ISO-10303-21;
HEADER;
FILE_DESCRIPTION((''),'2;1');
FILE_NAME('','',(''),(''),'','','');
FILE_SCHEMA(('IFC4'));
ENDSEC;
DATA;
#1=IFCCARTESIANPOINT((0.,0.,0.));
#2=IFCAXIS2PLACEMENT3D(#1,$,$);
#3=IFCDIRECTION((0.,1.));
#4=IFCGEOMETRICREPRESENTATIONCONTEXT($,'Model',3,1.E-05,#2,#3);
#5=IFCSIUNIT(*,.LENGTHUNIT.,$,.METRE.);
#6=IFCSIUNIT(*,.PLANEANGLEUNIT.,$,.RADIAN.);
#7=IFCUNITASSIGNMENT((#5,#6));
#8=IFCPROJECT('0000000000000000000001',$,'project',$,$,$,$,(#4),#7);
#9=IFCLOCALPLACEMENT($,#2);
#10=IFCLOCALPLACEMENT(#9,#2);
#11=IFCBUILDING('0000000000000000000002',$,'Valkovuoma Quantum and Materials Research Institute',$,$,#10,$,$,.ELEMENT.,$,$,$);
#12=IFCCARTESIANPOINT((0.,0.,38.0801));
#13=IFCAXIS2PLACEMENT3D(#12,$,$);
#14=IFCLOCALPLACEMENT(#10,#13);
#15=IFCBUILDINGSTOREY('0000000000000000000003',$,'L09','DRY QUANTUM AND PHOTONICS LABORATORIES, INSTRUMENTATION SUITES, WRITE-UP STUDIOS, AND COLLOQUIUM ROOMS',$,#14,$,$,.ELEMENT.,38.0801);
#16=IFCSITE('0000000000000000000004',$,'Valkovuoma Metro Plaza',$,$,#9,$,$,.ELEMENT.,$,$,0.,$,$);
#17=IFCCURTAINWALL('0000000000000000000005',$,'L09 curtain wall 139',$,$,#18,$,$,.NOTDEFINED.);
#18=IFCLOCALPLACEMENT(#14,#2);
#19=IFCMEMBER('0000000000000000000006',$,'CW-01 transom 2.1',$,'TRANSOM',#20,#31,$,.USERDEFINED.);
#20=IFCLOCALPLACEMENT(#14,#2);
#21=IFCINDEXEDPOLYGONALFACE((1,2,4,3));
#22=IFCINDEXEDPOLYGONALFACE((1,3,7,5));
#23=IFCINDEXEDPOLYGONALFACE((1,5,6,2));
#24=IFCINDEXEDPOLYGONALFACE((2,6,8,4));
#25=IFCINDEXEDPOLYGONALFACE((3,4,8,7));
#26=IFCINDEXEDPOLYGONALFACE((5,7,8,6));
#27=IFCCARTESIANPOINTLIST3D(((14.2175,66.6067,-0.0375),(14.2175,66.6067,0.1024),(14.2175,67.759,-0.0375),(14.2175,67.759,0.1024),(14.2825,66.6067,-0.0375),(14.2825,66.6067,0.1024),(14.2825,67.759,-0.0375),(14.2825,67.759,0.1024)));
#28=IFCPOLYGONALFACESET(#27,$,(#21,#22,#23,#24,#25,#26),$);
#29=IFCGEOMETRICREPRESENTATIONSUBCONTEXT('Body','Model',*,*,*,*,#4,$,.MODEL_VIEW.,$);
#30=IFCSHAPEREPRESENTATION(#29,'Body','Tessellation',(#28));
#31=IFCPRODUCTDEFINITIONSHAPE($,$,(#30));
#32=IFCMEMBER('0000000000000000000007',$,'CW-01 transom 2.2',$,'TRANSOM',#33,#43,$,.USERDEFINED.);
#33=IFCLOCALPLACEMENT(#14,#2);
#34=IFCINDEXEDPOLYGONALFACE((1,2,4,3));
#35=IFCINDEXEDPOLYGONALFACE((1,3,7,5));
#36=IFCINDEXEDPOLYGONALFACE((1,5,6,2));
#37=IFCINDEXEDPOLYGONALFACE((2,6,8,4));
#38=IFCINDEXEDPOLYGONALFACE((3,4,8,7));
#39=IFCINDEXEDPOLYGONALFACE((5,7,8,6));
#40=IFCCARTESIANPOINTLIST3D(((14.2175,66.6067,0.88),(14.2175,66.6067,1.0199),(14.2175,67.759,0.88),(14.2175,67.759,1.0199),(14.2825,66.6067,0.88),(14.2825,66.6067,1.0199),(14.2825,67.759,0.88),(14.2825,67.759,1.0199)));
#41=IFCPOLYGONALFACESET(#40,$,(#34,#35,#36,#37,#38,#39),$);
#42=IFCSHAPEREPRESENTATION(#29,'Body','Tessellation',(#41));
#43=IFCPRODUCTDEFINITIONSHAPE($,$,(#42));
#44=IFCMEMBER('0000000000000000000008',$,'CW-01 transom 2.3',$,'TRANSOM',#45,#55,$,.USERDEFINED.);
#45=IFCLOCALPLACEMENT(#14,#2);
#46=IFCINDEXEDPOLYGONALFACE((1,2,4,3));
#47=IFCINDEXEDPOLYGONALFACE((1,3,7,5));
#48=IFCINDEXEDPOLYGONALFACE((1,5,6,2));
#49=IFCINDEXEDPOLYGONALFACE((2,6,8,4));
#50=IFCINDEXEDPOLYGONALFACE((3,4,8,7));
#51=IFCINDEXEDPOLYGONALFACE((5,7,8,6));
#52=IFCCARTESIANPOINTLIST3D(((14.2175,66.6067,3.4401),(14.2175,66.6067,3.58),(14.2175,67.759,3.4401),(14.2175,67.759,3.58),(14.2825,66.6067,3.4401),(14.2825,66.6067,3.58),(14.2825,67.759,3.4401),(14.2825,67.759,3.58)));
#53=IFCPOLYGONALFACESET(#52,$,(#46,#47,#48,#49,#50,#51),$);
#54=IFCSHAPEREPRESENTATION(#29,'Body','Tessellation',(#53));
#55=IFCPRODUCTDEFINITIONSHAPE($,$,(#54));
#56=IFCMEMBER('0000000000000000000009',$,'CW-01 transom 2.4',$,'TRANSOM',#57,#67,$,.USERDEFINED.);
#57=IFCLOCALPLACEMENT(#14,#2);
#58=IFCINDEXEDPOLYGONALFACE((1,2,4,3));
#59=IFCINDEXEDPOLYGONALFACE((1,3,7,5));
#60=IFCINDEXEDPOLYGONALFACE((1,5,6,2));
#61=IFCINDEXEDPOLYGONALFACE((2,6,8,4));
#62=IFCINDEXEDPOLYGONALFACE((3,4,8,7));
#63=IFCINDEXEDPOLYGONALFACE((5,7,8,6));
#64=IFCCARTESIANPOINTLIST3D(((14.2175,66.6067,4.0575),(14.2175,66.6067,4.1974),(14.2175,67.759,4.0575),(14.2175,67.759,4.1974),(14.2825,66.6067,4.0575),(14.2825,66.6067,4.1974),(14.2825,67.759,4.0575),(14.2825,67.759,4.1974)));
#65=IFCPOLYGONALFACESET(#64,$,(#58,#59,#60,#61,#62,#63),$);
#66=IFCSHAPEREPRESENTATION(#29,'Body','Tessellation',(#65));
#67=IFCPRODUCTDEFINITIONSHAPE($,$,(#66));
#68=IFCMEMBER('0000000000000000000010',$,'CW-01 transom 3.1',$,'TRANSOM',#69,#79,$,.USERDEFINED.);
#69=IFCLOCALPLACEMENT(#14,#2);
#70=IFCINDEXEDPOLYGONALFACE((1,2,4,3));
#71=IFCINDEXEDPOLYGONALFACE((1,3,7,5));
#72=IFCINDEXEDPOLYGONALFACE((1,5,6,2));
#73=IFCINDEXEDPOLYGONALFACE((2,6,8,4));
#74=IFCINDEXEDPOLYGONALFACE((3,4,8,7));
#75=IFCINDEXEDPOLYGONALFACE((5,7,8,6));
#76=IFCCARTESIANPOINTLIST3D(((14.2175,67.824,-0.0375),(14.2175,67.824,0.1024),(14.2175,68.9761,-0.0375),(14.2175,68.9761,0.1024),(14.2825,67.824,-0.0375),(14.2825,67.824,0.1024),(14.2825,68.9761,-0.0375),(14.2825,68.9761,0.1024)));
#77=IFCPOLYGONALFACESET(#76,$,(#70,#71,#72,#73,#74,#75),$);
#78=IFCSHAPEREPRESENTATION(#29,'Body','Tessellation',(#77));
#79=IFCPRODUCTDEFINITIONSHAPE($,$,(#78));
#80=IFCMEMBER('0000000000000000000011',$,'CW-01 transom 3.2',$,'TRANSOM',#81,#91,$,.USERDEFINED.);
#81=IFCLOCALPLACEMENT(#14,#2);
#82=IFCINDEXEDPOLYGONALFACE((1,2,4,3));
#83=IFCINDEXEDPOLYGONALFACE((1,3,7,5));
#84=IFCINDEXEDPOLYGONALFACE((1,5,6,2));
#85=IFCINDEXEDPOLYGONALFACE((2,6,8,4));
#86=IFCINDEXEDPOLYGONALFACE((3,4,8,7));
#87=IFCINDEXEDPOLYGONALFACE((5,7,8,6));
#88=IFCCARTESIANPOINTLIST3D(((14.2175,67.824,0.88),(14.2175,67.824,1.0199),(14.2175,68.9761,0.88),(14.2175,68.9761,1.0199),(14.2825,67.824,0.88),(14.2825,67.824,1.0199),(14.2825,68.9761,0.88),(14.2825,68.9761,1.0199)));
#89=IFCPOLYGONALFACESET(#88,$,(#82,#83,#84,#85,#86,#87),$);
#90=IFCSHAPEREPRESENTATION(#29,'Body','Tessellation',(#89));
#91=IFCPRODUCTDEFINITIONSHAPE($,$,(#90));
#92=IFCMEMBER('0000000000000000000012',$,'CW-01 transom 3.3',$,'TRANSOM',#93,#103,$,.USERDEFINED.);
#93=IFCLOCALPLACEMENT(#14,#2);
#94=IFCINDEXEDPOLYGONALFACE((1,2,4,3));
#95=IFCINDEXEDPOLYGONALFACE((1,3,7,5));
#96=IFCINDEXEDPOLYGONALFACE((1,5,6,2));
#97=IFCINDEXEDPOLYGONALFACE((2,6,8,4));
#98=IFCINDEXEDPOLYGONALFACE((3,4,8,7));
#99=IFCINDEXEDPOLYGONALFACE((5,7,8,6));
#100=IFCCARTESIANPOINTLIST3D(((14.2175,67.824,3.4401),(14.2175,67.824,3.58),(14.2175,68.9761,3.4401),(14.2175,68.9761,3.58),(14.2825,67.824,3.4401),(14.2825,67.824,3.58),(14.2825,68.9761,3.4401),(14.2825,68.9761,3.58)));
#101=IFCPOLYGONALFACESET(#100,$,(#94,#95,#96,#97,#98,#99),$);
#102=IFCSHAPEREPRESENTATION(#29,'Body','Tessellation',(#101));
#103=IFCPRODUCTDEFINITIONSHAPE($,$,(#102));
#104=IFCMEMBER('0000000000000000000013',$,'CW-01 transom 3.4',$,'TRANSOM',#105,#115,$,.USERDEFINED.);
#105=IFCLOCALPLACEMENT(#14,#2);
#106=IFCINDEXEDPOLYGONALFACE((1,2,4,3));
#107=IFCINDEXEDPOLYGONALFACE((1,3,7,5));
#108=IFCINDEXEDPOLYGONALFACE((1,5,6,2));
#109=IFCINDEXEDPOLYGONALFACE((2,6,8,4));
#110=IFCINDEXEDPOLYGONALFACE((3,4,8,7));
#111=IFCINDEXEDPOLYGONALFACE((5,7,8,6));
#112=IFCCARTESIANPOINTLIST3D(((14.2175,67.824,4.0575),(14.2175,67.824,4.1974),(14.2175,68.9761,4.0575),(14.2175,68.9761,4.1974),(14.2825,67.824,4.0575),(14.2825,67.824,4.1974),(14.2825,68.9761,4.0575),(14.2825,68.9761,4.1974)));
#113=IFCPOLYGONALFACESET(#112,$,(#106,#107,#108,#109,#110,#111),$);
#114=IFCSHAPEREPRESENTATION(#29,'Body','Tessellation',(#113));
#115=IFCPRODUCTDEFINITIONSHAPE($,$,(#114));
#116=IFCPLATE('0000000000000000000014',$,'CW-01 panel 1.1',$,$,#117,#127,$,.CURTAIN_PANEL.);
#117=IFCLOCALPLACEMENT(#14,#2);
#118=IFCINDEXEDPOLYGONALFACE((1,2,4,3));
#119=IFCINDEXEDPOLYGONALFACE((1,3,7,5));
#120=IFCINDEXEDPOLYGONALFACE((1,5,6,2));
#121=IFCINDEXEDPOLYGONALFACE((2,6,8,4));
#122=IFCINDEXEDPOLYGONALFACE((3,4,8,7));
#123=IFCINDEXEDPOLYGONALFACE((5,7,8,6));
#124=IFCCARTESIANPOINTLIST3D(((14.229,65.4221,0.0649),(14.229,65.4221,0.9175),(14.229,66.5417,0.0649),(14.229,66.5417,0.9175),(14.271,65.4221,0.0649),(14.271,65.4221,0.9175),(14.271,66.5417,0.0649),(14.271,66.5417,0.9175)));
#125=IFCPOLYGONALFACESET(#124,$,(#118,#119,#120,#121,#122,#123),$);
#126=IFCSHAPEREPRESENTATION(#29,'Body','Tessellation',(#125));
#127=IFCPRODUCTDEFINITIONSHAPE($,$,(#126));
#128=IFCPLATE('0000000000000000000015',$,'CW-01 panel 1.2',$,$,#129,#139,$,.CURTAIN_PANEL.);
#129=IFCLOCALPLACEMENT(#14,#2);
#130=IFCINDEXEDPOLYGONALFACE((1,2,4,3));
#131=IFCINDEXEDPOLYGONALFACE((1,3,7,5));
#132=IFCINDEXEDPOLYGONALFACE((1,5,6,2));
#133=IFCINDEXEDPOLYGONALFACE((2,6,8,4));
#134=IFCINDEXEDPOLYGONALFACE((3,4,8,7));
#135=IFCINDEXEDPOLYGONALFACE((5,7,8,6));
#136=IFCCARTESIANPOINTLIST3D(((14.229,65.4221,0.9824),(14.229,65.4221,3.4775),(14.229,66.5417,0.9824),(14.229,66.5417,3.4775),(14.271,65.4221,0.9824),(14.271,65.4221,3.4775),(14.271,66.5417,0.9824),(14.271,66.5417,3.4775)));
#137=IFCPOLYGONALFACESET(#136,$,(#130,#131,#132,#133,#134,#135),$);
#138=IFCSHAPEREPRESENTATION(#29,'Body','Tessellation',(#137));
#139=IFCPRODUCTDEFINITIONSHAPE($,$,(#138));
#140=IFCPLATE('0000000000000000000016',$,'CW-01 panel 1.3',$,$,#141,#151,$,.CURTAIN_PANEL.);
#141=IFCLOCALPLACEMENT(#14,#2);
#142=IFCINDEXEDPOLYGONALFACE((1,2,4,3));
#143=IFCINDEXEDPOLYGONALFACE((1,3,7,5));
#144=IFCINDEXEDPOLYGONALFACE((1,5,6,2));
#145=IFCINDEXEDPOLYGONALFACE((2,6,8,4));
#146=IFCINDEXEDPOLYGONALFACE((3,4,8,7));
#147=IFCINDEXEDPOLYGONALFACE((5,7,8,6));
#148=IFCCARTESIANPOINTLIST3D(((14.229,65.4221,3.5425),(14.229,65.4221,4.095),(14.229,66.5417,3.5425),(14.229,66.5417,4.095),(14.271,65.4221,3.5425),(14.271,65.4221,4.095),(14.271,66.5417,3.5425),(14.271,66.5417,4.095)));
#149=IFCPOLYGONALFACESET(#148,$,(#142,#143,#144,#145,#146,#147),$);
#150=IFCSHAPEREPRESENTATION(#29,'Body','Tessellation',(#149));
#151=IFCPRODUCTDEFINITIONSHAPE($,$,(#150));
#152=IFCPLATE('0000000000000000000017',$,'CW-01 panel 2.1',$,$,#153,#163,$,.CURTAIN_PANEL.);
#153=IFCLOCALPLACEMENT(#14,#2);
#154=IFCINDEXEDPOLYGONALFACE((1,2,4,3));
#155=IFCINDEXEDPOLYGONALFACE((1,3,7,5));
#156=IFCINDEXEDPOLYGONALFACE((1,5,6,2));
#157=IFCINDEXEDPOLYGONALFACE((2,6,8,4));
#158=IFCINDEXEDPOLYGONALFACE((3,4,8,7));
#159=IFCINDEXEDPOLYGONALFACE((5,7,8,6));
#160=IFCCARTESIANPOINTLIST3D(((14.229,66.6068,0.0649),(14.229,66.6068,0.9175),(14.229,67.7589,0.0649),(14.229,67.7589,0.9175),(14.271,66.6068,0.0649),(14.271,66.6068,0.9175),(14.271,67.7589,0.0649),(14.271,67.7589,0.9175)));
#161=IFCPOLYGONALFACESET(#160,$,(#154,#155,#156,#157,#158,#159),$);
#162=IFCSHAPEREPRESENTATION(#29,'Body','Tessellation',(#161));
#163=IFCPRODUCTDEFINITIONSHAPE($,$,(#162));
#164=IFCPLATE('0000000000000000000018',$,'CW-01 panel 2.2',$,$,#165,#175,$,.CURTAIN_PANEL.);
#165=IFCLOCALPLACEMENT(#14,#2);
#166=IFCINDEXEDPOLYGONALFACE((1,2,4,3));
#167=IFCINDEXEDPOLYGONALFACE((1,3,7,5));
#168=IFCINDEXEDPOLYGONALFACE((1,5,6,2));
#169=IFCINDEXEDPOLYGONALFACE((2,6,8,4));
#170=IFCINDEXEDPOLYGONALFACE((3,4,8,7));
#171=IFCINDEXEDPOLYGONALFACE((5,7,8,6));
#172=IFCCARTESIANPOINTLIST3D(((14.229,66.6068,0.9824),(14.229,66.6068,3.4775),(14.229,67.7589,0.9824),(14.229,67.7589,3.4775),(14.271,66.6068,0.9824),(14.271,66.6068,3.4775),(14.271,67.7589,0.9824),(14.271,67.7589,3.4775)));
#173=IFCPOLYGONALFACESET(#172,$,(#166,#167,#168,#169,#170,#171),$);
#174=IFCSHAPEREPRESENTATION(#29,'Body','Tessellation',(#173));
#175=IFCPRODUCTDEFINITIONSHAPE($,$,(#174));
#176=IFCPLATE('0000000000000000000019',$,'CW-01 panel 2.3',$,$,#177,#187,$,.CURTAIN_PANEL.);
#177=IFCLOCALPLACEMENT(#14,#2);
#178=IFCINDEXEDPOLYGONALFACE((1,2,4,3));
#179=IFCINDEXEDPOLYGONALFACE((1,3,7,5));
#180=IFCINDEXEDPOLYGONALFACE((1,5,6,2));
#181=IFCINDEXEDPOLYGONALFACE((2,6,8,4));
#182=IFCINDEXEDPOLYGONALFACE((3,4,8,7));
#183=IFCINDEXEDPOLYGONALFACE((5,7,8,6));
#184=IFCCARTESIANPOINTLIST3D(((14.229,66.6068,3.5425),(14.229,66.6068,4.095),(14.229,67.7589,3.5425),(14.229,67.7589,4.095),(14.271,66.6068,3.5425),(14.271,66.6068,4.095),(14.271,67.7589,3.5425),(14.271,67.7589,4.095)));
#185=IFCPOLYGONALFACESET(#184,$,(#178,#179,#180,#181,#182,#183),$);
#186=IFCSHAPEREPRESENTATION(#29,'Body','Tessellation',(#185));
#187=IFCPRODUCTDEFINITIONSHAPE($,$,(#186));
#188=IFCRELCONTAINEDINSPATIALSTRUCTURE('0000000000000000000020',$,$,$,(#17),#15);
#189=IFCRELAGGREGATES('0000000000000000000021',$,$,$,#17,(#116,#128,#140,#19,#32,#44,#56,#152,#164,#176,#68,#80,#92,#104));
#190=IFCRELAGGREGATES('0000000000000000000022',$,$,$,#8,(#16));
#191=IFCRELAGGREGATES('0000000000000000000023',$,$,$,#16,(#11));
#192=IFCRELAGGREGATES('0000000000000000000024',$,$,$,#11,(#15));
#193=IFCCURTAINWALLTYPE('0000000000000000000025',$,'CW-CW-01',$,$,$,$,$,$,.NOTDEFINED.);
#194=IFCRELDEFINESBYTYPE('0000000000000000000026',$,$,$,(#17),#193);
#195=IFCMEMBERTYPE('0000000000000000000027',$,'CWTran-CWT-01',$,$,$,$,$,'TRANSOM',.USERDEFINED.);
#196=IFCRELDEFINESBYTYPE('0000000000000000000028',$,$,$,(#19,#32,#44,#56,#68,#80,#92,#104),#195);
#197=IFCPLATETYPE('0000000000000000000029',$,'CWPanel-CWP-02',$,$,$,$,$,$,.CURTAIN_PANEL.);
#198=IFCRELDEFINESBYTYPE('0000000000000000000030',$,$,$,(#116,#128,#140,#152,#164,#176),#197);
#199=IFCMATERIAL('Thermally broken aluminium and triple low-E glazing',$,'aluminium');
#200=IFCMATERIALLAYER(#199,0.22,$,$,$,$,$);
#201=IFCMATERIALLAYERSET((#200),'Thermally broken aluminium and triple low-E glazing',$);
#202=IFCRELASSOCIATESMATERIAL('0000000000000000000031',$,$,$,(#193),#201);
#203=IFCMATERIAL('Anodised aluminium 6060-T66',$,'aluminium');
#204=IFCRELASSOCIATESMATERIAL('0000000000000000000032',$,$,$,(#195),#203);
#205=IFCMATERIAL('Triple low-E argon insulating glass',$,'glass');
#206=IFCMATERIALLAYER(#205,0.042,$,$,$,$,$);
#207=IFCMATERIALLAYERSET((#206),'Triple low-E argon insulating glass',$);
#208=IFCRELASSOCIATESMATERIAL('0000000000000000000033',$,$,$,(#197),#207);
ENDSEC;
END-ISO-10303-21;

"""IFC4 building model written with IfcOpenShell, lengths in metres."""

from ifc_helpers import new_model, si_unit, direction, frame, origin, origin_2d, place, context, subcontext, project, spatial, rectangle, extrude, material, layer, layer_set, material_profile, profile_set, type_object, element, aggregate, save


model = new_model("IFC4")

# Units and contexts
model_context = context("Model", 3, precision=1e-05, world=origin(), true_north=direction((0.0, 1.0)))
body_context = subcontext(model_context, "Body", "Model", "MODEL_VIEW")
ifc_project = project(units=[si_unit("LENGTHUNIT", "METRE"), si_unit("PLANEANGLEUNIT", "RADIAN")], contexts=[model_context])

# Site, building, storey
site_placement = place(None, origin())
site = spatial("IfcSite", under=ifc_project, at=site_placement, Name="Valkovuoma Metro Plaza", CompositionType="ELEMENT", RefElevation=0.0)
building_placement = place(site_placement, origin())
building = spatial("IfcBuilding", under=site, at=building_placement, Name="Valkovuoma Quantum and Materials Research Institute", CompositionType="ELEMENT")
storey_placement = place(building_placement, frame((0.0, 0.0, 38.0801)))
storey = spatial("IfcBuildingStorey", under=building, at=storey_placement, Name="L09", Description="DRY QUANTUM AND PHOTONICS LABORATORIES, INSTRUMENTATION SUITES, WRITE-UP STUDIOS, AND COLLOQUIUM ROOMS", CompositionType="ELEMENT", Elevation=38.0801)

# Curtain wall, members, plates
ifc_material_1 = material(Name="Thermally broken aluminium and triple low-E glazing", Category="aluminium")
ifc_layer_1 = layer(ifc_material_1, 0.22)
ifc_layer_set_1 = layer_set([ifc_layer_1], Name="Thermally broken aluminium and triple low-E glazing")
curtain_wall_type = type_object("IfcCurtainWallType", Name="CW-CW-01", PredefinedType="NOTDEFINED", material=ifc_layer_set_1)
curtain_wall_placement = place(storey_placement, origin())
curtain_wall = element("IfcCurtainWall", 1, at=curtain_wall_placement, inside=storey, type_object=curtain_wall_type, Name="L09 curtain wall 139", PredefinedType="NOTDEFINED")
ifc_material_2 = material(Name="Anodised aluminium 6060-T66", Category="aluminium")
ifc_material_profile_1 = material_profile(ifc_material_2, rectangle(XDim=0.0649, YDim=0.1399, at=origin_2d()), Name="Anodised aluminium 6060-T66")
ifc_profile_set_1 = profile_set([ifc_material_profile_1], Name="Anodised aluminium 6060-T66")
member_type_1 = type_object("IfcMemberType", Name="CWTran-CWT-01", ElementType="TRANSOM", PredefinedType="USERDEFINED", material=ifc_profile_set_1)
member_1_placement = place(storey_placement, frame((14.25, 66.6067, 0.0325), z_axis=(0.0, 1.0, 0.0), x_axis=(-1.0, 0.0, 0.0)))
member_1 = element("IfcMember", 2, at=member_1_placement, type_object=member_type_1, Name="CW-01 transom 2.1", ObjectType="TRANSOM", PredefinedType="USERDEFINED", context=body_context, shape_type="SweptSolid", body=[
    extrude(rectangle(XDim=0.0649, YDim=0.1399, at=origin_2d()), origin(), (0.0, 0.0, 1.0), 1.1523),
])
member_2_placement = place(storey_placement, frame((14.25, 66.6067, 0.95), z_axis=(0.0, 1.0, 0.0), x_axis=(-1.0, 0.0, 0.0)))
member_2 = element("IfcMember", 3, at=member_2_placement, type_object=member_type_1, Name="CW-01 transom 2.2", ObjectType="TRANSOM", PredefinedType="USERDEFINED", context=body_context, shape_type="SweptSolid", body=[
    extrude(rectangle(XDim=0.0649, YDim=0.1399, at=origin_2d()), origin(), (0.0, 0.0, 1.0), 1.1523),
])
member_3_placement = place(storey_placement, frame((14.25, 66.6067, 3.51), z_axis=(0.0, 1.0, 0.0), x_axis=(-1.0, 0.0, 0.0)))
member_3 = element("IfcMember", 4, at=member_3_placement, type_object=member_type_1, Name="CW-01 transom 2.3", ObjectType="TRANSOM", PredefinedType="USERDEFINED", context=body_context, shape_type="SweptSolid", body=[
    extrude(rectangle(XDim=0.0649, YDim=0.1399, at=origin_2d()), origin(), (0.0, 0.0, 1.0), 1.1523),
])
member_4_placement = place(storey_placement, frame((14.25, 66.6067, 4.1274), z_axis=(0.0, 1.0, 0.0), x_axis=(-1.0, 0.0, 0.0)))
member_4 = element("IfcMember", 5, at=member_4_placement, type_object=member_type_1, Name="CW-01 transom 2.4", ObjectType="TRANSOM", PredefinedType="USERDEFINED", context=body_context, shape_type="SweptSolid", body=[
    extrude(rectangle(XDim=0.0649, YDim=0.1399, at=origin_2d()), origin(), (0.0, 0.0, 1.0), 1.1523),
])
member_5_placement = place(storey_placement, frame((14.25, 67.824, 0.0325), z_axis=(0.0, 1.0, 0.0), x_axis=(-1.0, 0.0, 0.0)))
member_5 = element("IfcMember", 6, at=member_5_placement, type_object=member_type_1, Name="CW-01 transom 3.1", ObjectType="TRANSOM", PredefinedType="USERDEFINED", context=body_context, shape_type="SweptSolid", body=[
    extrude(rectangle(XDim=0.0649, YDim=0.1399, at=origin_2d()), origin(), (0.0, 0.0, 1.0), 1.1521),
])
member_6_placement = place(storey_placement, frame((14.25, 67.824, 0.95), z_axis=(0.0, 1.0, 0.0), x_axis=(-1.0, 0.0, 0.0)))
member_6 = element("IfcMember", 7, at=member_6_placement, type_object=member_type_1, Name="CW-01 transom 3.2", ObjectType="TRANSOM", PredefinedType="USERDEFINED", context=body_context, shape_type="SweptSolid", body=[
    extrude(rectangle(XDim=0.0649, YDim=0.1399, at=origin_2d()), origin(), (0.0, 0.0, 1.0), 1.1521),
])
member_7_placement = place(storey_placement, frame((14.25, 67.824, 3.51), z_axis=(0.0, 1.0, 0.0), x_axis=(-1.0, 0.0, 0.0)))
member_7 = element("IfcMember", 8, at=member_7_placement, type_object=member_type_1, Name="CW-01 transom 3.3", ObjectType="TRANSOM", PredefinedType="USERDEFINED", context=body_context, shape_type="SweptSolid", body=[
    extrude(rectangle(XDim=0.0649, YDim=0.1399, at=origin_2d()), origin(), (0.0, 0.0, 1.0), 1.1521),
])
member_8_placement = place(storey_placement, frame((14.25, 67.824, 4.1274), z_axis=(0.0, 1.0, 0.0), x_axis=(-1.0, 0.0, 0.0)))
member_8 = element("IfcMember", 9, at=member_8_placement, type_object=member_type_1, Name="CW-01 transom 3.4", ObjectType="TRANSOM", PredefinedType="USERDEFINED", context=body_context, shape_type="SweptSolid", body=[
    extrude(rectangle(XDim=0.0649, YDim=0.1399, at=origin_2d()), origin(), (0.0, 0.0, 1.0), 1.1521),
])
ifc_material_3 = material(Name="Triple low-E argon insulating glass", Category="glass")
ifc_layer_2 = layer(ifc_material_3, 0.042)
ifc_layer_set_2 = layer_set([ifc_layer_2], Name="Triple low-E argon insulating glass")
plate_type = type_object("IfcPlateType", Name="CWPanel-CWP-02", PredefinedType="CURTAIN_PANEL", material=ifc_layer_set_2)
plate_1_placement = place(storey_placement, frame((14.25, 65.9819, 0.0649), z_axis=(0.0, 0.0, 1.0), x_axis=(0.0, 1.0, 0.0)))
plate_1 = element("IfcPlate", 10, at=plate_1_placement, type_object=plate_type, Name="CW-01 panel 1.1", PredefinedType="CURTAIN_PANEL", context=body_context, shape_type="SweptSolid", body=[
    extrude(rectangle(XDim=1.1196, YDim=0.042, at=origin_2d()), origin(), (0.0, 0.0, 1.0), 0.8525),
])
plate_2_placement = place(storey_placement, frame((14.25, 65.9819, 0.9824), z_axis=(0.0, 0.0, 1.0), x_axis=(0.0, 1.0, 0.0)))
plate_2 = element("IfcPlate", 11, at=plate_2_placement, type_object=plate_type, Name="CW-01 panel 1.2", PredefinedType="CURTAIN_PANEL", context=body_context, shape_type="SweptSolid", body=[
    extrude(rectangle(XDim=1.1196, YDim=0.042, at=origin_2d()), origin(), (0.0, 0.0, 1.0), 2.4951),
])
plate_3_placement = place(storey_placement, frame((14.25, 65.9819, 3.5425), z_axis=(0.0, 0.0, 1.0), x_axis=(0.0, 1.0, 0.0)))
plate_3 = element("IfcPlate", 12, at=plate_3_placement, type_object=plate_type, Name="CW-01 panel 1.3", PredefinedType="CURTAIN_PANEL", context=body_context, shape_type="SweptSolid", body=[
    extrude(rectangle(XDim=1.1196, YDim=0.042, at=origin_2d()), origin(), (0.0, 0.0, 1.0), 0.5525),
])
plate_4_placement = place(storey_placement, frame((14.25, 67.1829, 0.0649), z_axis=(0.0, 0.0, 1.0), x_axis=(0.0, 1.0, 0.0)))
plate_4 = element("IfcPlate", 13, at=plate_4_placement, type_object=plate_type, Name="CW-01 panel 2.1", PredefinedType="CURTAIN_PANEL", context=body_context, shape_type="SweptSolid", body=[
    extrude(rectangle(XDim=1.1521, YDim=0.042, at=origin_2d()), origin(), (0.0, 0.0, 1.0), 0.8525),
])
plate_5_placement = place(storey_placement, frame((14.25, 67.1829, 0.9824), z_axis=(0.0, 0.0, 1.0), x_axis=(0.0, 1.0, 0.0)))
plate_5 = element("IfcPlate", 14, at=plate_5_placement, type_object=plate_type, Name="CW-01 panel 2.2", PredefinedType="CURTAIN_PANEL", context=body_context, shape_type="SweptSolid", body=[
    extrude(rectangle(XDim=1.1521, YDim=0.042, at=origin_2d()), origin(), (0.0, 0.0, 1.0), 2.4951),
])
plate_6_placement = place(storey_placement, frame((14.25, 67.1829, 3.5425), z_axis=(0.0, 0.0, 1.0), x_axis=(0.0, 1.0, 0.0)))
plate_6 = element("IfcPlate", 15, at=plate_6_placement, type_object=plate_type, Name="CW-01 panel 2.3", PredefinedType="CURTAIN_PANEL", context=body_context, shape_type="SweptSolid", body=[
    extrude(rectangle(XDim=1.1521, YDim=0.042, at=origin_2d()), origin(), (0.0, 0.0, 1.0), 0.5525),
])
aggregate(curtain_wall, [plate_1, plate_2, plate_3, member_1, member_2, member_3, member_4, plate_4, plate_5, plate_6, member_5, member_6, member_7, member_8])

save(model, "model.ifc")
